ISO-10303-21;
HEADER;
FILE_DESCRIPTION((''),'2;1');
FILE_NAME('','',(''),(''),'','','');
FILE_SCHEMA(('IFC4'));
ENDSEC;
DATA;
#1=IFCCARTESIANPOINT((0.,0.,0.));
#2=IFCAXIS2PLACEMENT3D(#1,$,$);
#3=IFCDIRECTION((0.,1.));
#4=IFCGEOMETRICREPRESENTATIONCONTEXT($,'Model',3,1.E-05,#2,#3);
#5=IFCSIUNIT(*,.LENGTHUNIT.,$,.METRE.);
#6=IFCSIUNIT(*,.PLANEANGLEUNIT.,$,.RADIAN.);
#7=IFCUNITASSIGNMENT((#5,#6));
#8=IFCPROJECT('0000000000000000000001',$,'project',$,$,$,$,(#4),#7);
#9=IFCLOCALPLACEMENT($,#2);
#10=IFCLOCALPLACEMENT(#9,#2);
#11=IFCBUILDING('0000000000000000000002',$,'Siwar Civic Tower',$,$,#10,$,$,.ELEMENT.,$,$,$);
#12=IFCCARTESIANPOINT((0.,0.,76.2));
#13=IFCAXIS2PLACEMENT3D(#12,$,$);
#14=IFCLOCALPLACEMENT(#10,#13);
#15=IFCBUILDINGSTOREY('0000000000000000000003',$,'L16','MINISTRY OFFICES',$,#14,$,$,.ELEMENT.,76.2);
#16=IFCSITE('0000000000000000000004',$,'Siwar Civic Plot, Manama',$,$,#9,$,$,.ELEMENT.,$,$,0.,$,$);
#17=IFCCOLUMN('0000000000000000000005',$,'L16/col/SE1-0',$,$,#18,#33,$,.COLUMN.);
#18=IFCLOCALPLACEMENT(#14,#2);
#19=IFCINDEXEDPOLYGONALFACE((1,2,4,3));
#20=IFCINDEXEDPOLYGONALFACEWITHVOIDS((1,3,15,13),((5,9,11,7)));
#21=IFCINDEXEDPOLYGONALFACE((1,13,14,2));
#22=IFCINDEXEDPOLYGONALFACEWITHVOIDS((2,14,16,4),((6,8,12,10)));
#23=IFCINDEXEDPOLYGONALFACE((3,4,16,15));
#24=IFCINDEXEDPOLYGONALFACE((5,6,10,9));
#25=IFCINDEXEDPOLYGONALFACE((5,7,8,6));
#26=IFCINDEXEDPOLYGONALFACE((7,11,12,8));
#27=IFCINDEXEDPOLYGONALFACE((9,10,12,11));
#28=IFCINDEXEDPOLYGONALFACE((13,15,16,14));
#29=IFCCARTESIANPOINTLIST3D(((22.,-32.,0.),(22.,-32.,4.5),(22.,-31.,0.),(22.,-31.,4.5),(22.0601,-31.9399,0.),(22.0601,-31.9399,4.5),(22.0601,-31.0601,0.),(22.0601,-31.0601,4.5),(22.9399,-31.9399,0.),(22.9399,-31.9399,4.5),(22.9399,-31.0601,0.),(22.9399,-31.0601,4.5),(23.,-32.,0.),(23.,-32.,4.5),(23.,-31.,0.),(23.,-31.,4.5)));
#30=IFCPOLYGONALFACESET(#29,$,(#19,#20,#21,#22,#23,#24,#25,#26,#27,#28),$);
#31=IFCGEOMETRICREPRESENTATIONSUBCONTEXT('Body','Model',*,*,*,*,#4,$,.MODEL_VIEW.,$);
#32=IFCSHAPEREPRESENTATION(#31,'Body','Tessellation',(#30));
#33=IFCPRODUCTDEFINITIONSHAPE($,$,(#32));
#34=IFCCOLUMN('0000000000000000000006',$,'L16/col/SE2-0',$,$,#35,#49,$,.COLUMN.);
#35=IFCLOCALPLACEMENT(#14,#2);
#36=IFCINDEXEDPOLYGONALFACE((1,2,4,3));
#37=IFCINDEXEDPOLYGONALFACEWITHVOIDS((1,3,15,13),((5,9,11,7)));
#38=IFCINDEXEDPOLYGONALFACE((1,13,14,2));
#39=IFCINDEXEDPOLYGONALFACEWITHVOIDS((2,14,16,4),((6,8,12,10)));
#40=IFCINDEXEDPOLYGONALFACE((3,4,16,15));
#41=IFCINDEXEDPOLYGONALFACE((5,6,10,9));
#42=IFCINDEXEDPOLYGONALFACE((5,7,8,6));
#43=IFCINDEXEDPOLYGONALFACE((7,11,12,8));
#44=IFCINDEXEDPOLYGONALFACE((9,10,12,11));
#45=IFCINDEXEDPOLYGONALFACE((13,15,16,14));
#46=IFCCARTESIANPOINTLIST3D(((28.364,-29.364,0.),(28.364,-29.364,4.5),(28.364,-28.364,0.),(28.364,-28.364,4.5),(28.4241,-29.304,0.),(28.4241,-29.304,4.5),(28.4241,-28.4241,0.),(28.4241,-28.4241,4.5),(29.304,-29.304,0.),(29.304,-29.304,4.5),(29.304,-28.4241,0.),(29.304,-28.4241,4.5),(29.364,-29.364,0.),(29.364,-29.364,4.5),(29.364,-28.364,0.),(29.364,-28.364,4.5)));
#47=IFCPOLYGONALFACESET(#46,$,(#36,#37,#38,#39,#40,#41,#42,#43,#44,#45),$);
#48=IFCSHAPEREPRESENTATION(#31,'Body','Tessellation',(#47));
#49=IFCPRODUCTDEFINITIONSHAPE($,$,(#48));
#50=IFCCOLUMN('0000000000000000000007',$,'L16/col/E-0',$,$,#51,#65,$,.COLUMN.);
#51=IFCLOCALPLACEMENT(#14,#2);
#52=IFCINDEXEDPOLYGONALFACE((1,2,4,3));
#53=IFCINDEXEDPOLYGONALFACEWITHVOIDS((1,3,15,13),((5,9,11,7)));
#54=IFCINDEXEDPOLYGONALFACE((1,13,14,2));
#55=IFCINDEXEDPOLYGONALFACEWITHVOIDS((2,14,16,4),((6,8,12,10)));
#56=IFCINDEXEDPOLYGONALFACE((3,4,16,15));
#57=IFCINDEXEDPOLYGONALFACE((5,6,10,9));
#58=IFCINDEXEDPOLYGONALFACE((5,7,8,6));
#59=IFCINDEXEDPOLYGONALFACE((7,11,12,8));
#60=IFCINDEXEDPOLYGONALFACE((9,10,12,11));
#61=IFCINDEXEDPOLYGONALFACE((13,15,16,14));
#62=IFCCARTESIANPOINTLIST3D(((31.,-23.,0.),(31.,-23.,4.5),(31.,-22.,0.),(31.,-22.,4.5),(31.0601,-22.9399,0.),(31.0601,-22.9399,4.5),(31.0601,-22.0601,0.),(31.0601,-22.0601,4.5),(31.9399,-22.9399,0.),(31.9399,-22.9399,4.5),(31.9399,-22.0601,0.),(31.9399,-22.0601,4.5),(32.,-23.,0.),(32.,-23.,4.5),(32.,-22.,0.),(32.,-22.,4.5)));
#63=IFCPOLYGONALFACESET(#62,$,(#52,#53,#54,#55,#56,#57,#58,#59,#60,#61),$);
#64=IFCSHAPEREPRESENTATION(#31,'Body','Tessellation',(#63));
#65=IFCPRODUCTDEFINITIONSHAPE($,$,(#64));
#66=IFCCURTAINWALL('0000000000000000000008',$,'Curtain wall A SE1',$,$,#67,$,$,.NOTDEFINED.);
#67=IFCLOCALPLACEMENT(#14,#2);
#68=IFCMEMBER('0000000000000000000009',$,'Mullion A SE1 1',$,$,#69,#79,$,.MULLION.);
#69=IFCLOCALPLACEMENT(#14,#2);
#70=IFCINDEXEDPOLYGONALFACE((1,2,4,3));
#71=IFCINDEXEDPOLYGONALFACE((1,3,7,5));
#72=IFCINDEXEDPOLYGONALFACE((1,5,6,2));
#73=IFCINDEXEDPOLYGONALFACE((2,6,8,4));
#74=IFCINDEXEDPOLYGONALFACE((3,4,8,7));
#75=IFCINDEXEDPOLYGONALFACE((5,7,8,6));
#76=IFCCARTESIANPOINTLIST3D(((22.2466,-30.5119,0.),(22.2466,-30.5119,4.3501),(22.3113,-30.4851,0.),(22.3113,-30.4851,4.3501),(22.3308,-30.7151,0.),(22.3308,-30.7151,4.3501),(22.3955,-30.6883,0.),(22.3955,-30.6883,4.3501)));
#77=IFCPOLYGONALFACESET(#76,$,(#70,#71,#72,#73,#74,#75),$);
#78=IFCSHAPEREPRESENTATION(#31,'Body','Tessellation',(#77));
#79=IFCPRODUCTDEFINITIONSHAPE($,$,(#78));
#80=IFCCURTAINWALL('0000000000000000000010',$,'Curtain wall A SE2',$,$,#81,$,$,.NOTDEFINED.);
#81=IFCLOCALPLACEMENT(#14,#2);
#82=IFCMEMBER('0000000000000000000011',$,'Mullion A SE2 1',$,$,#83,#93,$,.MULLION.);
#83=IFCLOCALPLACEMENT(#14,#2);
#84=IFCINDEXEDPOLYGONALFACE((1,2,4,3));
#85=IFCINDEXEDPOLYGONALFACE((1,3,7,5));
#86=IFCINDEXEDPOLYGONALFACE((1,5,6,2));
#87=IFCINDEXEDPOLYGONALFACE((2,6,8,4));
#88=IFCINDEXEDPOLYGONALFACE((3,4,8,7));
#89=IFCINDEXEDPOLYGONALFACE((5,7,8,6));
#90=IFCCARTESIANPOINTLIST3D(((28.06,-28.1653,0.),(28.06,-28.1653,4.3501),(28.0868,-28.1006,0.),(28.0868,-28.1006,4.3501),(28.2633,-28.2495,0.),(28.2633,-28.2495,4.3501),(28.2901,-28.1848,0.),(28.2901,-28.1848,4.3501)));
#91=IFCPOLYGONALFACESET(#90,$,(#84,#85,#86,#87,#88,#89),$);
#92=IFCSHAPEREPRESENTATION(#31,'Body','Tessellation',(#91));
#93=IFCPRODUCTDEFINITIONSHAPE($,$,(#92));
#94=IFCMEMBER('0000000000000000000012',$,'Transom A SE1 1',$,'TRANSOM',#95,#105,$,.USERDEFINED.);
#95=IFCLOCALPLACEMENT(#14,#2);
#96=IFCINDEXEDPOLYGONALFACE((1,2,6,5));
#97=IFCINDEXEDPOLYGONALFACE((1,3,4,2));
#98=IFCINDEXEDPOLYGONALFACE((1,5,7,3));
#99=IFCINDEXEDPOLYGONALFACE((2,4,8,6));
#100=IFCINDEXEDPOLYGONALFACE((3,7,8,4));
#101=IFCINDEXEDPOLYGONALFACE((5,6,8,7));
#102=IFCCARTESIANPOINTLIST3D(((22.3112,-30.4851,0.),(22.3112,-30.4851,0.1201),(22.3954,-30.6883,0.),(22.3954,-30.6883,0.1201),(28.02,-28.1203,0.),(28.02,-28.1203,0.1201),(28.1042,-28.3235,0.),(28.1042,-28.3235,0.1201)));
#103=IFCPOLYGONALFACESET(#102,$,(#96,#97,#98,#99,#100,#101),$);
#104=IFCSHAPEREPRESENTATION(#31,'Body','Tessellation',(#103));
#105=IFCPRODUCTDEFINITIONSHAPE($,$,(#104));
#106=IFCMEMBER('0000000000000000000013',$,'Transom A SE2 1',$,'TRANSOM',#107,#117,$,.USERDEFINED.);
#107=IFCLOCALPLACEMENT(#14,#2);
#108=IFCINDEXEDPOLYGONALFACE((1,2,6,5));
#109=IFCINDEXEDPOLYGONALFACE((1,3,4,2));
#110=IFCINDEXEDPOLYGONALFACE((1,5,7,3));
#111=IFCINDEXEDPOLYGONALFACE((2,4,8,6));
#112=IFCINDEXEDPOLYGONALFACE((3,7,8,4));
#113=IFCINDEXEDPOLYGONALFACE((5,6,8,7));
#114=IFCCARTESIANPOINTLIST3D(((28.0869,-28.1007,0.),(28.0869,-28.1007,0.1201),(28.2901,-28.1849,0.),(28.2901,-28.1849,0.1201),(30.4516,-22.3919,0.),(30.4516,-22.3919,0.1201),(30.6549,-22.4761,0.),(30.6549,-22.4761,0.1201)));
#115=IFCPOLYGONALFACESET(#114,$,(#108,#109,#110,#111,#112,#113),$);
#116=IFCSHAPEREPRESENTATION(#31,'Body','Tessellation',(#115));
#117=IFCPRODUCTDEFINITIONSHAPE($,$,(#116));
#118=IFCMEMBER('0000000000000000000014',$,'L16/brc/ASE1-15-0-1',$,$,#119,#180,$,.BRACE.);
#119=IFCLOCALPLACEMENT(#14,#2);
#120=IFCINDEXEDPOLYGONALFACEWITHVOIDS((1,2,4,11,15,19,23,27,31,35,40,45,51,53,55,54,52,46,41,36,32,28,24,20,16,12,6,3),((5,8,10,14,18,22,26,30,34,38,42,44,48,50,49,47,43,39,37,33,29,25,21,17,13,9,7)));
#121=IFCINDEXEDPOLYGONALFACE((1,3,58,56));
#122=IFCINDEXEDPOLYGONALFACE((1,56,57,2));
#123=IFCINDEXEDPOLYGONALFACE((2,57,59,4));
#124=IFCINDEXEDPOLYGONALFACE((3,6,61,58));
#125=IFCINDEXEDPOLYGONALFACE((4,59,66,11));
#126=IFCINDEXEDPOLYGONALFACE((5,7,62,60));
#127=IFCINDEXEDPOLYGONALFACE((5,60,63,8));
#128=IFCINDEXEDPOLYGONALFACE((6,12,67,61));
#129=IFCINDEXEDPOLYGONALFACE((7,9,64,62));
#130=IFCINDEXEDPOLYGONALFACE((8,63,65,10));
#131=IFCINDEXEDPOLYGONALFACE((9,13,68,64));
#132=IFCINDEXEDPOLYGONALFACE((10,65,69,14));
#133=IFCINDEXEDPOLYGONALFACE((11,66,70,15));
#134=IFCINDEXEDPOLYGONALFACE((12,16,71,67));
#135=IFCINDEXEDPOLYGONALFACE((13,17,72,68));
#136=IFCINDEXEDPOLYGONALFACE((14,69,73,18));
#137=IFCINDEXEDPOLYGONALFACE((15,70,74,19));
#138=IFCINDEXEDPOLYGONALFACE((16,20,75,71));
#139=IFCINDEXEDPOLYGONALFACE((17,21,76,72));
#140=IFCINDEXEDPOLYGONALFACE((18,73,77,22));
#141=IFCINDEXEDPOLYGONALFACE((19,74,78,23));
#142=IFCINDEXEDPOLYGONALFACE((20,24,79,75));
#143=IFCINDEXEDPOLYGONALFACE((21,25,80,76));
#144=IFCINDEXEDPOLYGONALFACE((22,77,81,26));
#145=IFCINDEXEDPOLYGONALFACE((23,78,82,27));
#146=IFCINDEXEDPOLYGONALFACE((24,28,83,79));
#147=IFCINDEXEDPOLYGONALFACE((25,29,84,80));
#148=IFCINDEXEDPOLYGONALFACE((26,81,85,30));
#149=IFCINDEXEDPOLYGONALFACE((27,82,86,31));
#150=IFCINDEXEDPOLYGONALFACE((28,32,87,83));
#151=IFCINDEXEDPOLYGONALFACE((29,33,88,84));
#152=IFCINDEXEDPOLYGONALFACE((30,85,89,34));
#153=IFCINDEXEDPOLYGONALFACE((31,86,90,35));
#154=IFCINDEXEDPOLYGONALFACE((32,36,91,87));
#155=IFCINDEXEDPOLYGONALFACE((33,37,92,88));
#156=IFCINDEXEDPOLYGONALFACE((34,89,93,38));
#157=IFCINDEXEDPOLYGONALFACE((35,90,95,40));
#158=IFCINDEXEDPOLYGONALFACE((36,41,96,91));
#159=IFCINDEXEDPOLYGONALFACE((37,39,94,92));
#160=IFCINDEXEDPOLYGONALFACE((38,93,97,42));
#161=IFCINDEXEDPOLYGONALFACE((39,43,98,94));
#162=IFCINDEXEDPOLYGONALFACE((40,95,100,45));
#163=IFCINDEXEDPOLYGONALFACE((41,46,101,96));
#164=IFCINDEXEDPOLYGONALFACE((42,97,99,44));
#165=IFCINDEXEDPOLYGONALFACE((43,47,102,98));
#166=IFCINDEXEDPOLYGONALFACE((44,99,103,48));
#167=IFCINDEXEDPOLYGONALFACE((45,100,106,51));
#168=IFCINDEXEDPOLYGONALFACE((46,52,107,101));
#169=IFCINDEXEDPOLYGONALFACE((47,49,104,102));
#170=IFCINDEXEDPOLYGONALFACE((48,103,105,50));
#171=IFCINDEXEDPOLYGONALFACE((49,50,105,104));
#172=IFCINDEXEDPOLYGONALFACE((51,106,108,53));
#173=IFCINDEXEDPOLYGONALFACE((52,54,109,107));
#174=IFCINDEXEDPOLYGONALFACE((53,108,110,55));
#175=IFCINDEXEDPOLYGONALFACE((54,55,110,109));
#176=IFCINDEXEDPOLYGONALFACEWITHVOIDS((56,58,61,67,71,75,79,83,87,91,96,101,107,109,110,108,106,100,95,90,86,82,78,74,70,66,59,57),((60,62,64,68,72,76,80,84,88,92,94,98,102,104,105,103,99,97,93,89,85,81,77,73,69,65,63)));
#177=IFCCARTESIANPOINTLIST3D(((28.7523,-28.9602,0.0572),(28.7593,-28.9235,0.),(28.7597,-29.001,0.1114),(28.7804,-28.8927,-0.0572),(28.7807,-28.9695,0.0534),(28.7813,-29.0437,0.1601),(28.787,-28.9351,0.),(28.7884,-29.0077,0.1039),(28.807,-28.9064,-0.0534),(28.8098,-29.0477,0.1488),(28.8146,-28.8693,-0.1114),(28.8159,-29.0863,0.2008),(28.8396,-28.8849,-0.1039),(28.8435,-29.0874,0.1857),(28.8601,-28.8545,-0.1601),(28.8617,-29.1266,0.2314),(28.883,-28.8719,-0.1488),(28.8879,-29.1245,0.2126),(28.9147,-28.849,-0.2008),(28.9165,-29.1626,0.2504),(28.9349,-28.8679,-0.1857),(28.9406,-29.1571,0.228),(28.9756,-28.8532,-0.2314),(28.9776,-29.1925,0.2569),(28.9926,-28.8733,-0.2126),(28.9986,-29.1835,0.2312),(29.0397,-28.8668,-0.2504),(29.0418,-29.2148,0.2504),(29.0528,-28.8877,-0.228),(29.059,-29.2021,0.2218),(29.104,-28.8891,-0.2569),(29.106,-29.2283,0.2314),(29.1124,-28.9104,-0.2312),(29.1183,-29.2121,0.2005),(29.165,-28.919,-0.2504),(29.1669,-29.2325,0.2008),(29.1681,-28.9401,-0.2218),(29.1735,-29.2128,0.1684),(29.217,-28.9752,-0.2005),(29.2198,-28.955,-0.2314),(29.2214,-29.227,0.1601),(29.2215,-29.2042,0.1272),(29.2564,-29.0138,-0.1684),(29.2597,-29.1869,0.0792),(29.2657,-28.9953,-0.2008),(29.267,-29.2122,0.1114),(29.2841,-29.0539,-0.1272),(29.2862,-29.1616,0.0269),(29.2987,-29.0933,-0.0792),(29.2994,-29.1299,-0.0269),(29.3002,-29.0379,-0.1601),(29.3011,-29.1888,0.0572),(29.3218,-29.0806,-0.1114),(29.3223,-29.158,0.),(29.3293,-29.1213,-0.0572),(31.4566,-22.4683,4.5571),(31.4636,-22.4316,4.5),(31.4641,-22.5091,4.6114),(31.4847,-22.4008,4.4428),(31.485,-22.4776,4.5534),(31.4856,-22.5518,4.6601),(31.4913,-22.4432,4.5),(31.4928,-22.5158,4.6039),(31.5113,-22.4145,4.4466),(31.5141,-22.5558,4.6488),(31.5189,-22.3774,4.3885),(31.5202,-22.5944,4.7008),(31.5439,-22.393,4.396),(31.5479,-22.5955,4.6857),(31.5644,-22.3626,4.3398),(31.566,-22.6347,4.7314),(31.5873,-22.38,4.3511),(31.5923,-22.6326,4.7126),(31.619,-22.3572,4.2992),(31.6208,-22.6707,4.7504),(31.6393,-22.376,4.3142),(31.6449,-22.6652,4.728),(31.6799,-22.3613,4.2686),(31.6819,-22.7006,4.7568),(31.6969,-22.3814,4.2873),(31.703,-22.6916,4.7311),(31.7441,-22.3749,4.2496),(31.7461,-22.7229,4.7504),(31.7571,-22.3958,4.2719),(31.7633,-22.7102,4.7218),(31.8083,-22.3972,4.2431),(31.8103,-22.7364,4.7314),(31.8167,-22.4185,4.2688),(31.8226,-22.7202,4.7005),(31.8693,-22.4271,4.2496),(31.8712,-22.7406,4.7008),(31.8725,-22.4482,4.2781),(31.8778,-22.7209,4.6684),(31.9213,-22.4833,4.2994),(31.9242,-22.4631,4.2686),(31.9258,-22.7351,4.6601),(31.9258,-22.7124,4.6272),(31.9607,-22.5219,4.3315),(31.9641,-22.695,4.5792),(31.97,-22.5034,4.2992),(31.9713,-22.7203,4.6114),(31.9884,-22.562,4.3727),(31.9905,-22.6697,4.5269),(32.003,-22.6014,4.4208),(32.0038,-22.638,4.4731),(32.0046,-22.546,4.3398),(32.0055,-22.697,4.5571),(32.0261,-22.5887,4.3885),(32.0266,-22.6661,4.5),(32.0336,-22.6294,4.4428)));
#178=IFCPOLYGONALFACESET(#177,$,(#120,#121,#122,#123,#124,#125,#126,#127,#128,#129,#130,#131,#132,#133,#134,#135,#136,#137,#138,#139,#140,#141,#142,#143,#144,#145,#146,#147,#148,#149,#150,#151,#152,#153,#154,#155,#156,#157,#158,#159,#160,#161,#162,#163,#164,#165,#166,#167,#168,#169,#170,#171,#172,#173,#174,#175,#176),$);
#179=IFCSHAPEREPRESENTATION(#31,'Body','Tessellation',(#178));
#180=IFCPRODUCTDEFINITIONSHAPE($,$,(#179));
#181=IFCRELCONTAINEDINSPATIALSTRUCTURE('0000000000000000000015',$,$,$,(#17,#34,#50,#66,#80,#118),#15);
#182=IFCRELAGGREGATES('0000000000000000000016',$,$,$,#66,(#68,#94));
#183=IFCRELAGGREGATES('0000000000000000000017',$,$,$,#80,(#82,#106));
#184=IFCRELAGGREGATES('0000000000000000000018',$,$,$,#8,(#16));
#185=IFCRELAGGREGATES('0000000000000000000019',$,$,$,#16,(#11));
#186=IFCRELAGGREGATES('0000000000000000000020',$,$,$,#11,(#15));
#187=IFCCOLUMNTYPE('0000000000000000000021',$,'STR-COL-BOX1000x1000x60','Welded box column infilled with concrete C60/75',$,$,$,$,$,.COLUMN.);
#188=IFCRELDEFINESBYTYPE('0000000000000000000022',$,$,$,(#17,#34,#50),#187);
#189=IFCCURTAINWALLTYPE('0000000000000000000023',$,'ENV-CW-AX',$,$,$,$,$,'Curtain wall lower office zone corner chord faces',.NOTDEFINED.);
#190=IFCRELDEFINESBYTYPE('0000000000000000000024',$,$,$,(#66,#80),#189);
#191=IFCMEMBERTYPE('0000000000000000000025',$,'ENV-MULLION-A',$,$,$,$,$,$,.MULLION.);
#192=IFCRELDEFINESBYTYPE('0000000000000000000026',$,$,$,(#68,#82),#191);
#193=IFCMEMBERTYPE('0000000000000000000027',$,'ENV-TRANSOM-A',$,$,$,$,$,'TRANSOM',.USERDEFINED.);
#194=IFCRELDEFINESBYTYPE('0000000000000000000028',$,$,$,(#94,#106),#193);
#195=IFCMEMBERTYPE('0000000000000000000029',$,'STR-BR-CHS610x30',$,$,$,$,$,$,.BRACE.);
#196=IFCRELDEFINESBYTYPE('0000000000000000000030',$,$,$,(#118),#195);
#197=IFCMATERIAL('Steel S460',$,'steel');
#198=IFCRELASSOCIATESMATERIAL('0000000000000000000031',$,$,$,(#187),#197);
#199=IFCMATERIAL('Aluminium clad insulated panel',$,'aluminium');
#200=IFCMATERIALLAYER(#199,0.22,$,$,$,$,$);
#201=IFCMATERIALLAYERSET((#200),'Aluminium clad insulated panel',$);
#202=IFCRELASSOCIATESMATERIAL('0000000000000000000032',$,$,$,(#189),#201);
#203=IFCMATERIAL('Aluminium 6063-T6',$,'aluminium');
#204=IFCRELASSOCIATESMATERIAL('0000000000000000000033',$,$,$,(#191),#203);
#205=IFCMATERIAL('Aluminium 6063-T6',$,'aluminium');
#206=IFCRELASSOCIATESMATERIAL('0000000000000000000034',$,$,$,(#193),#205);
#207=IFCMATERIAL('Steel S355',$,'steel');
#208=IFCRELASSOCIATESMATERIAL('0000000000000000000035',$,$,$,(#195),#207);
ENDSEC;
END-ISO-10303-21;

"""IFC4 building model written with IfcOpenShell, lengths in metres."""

from ifc_helpers import new_model, si_unit, direction, frame, origin, origin_2d, place, context, subcontext, project, spatial, rectangle, hollow_rectangle, hollow_circle, extrude, material, layer, layer_set, material_profile, profile_set, type_object, element, aggregate, save


model = new_model("IFC4")

# Units and contexts
model_context = context("Model", 3, precision=1e-05, world=origin(), true_north=direction((0.0, 1.0)))
body_context = subcontext(model_context, "Body", "Model", "MODEL_VIEW")
ifc_project = project(units=[si_unit("LENGTHUNIT", "METRE"), si_unit("PLANEANGLEUNIT", "RADIAN")], contexts=[model_context])

# Site, building, storey
site_placement = place(None, origin())
site = spatial("IfcSite", under=ifc_project, at=site_placement, Name="Siwar Civic Plot, Manama", CompositionType="ELEMENT", RefElevation=0.0)
building_placement = place(site_placement, origin())
building = spatial("IfcBuilding", under=site, at=building_placement, Name="Siwar Civic Tower", CompositionType="ELEMENT")
storey_placement = place(building_placement, frame((0.0, 0.0, 76.2)))
storey = spatial("IfcBuildingStorey", under=building, at=storey_placement, Name="L16", Description="MINISTRY OFFICES", CompositionType="ELEMENT", Elevation=76.2)

# Columns
ifc_material_1 = material(Name="Steel S460", Category="steel")
ifc_material_profile_1 = material_profile(ifc_material_1, hollow_rectangle(XDim=1.0, YDim=1.0, WallThickness=0.0601, at=origin_2d()), Name="BOX1000x1000x60")
ifc_profile_set_1 = profile_set([ifc_material_profile_1], Name="Steel S460")
column_type = type_object("IfcColumnType", Name="STR-COL-BOX1000x1000x60", Description="Welded box column infilled with concrete C60/75", PredefinedType="COLUMN", material=ifc_profile_set_1)
for number, where, z_axis, x_axis, name in (
    (1, (22.5, -31.5, 0.0), (0.0, 0.0, 1.0), (1.0, 0.0, 0.0), "L16/col/SE1-0"),
    (2, (28.864, -28.864, 0.0), (0.0, 0.0, 1.0), (1.0, 0.0, 0.0), "L16/col/SE2-0"),
    (3, (31.5, -22.5, 0.0), (0.0, 0.0, 1.0), (1.0, 0.0, 0.0), "L16/col/E-0"),
):
    element("IfcColumn", number, at=place(storey_placement, frame(where, z_axis=z_axis, x_axis=x_axis)), inside=storey, type_object=column_type, Name=name, PredefinedType="COLUMN", context=body_context, shape_type="SweptSolid", body=[
        extrude(hollow_rectangle(XDim=1.0, YDim=1.0, WallThickness=0.0601, at=origin_2d()), origin(), (0.0, 0.0, 1.0), 4.5),
    ])

# Curtain walls, members
ifc_material_2 = material(Name="Aluminium clad insulated panel", Category="aluminium")
ifc_layer_1 = layer(ifc_material_2, 0.22)
ifc_layer_set_1 = layer_set([ifc_layer_1], Name="Aluminium clad insulated panel")
curtain_wall_type_1 = type_object("IfcCurtainWallType", Name="ENV-CW-AX", ElementType="Curtain wall lower office zone corner chord faces", PredefinedType="NOTDEFINED", material=ifc_layer_set_1)
curtain_wall_1_placement = place(storey_placement, origin())
curtain_wall_1 = element("IfcCurtainWall", 4, at=curtain_wall_1_placement, inside=storey, type_object=curtain_wall_type_1, Name="Curtain wall A SE1", PredefinedType="NOTDEFINED")
ifc_material_3 = material(Name="Aluminium 6063-T6", Category="aluminium")
ifc_material_profile_2 = material_profile(ifc_material_3, rectangle(XDim=0.22, YDim=0.0701, at=origin_2d()), Name="AL 220x70")
ifc_profile_set_2 = profile_set([ifc_material_profile_2], Name="Aluminium 6063-T6")
member_type_1 = type_object("IfcMemberType", Name="ENV-MULLION-A", PredefinedType="MULLION", material=ifc_profile_set_2)
member_1_placement = place(storey_placement, frame((22.321, -30.6001, 0.0), z_axis=(0.0, 0.0, 1.0), x_axis=(-0.382683, 0.92388, 0.0)))
member_1 = element("IfcMember", 5, at=member_1_placement, type_object=member_type_1, Name="Mullion A SE1 1", PredefinedType="MULLION", context=body_context, shape_type="SweptSolid", body=[
    extrude(rectangle(XDim=0.22, YDim=0.0701, at=origin_2d()), origin(), (0.0, 0.0, 1.0), 4.3501),
])
curtain_wall_2_placement = place(storey_placement, origin())
curtain_wall_2 = element("IfcCurtainWall", 6, at=curtain_wall_2_placement, inside=storey, type_object=curtain_wall_type_1, Name="Curtain wall A SE2", PredefinedType="NOTDEFINED")
member_2_placement = place(storey_placement, frame((28.175, -28.175, 0.0), z_axis=(0.0, 0.0, 1.0), x_axis=(-0.92388, 0.382683, 0.0)))
member_2 = element("IfcMember", 7, at=member_2_placement, type_object=member_type_1, Name="Mullion A SE2 1", PredefinedType="MULLION", context=body_context, shape_type="SweptSolid", body=[
    extrude(rectangle(XDim=0.22, YDim=0.0701, at=origin_2d()), origin(), (0.0, 0.0, 1.0), 4.3501),
])

# Members
ifc_material_4 = material(Name="Aluminium 6063-T6", Category="aluminium")
ifc_material_profile_3 = material_profile(ifc_material_4, rectangle(XDim=0.22, YDim=0.1201, at=origin_2d()), Name="AL 220x120")
ifc_profile_set_3 = profile_set([ifc_material_profile_3], Name="Aluminium 6063-T6")
member_type_2 = type_object("IfcMemberType", Name="ENV-TRANSOM-A", ElementType="TRANSOM", PredefinedType="USERDEFINED", material=ifc_profile_set_3)
member_3_placement = place(storey_placement, frame((22.3533, -30.5867, 0.0601), z_axis=(0.923873, 0.382698, 0.0), x_axis=(-0.382698, 0.923873, 0.0)))
member_3 = element("IfcMember", 8, at=member_3_placement, type_object=member_type_2, Name="Transom A SE1 1", ObjectType="TRANSOM", PredefinedType="USERDEFINED", context=body_context, shape_type="SweptSolid", body=[
    extrude(rectangle(XDim=0.22, YDim=0.1201, at=origin_2d()), origin(), (0.0, 0.0, 1.0), 6.1792),
])
member_4_placement = place(storey_placement, frame((28.1885, -28.1428, 0.0601), z_axis=(0.382698, 0.923873, 0.0), x_axis=(-0.923873, 0.382698, 0.0)))
member_4 = element("IfcMember", 9, at=member_4_placement, type_object=member_type_2, Name="Transom A SE2 1", ObjectType="TRANSOM", PredefinedType="USERDEFINED", context=body_context, shape_type="SweptSolid", body=[
    extrude(rectangle(XDim=0.22, YDim=0.1201, at=origin_2d()), origin(), (0.0, 0.0, 1.0), 6.1792),
])

# Member
ifc_material_5 = material(Name="Steel S355", Category="steel")
ifc_material_profile_4 = material_profile(ifc_material_5, hollow_circle(Radius=0.3049, WallThickness=0.03, at=origin_2d()), Name="CHS610x30")
ifc_profile_set_4 = profile_set([ifc_material_profile_4], Name="Steel S355")
member_type_3 = type_object("IfcMemberType", Name="STR-BR-CHS610x30", PredefinedType="BRACE", material=ifc_profile_set_4)
member_5_placement = place(storey_placement, frame((29.0408, -29.0408, 0.0), z_axis=(0.323906, 0.777555, 0.538975), x_axis=(-0.923109, 0.384539, 0.0)))
element("IfcMember", 10, at=member_5_placement, inside=storey, type_object=member_type_3, Name="L16/brc/ASE1-15-0-1", PredefinedType="BRACE", context=body_context, shape_type="SweptSolid", body=[
    extrude(hollow_circle(Radius=0.3049, WallThickness=0.03, at=origin_2d()), origin(), (0.0, 0.0, 1.0), 8.3491),
])

aggregate(curtain_wall_1, [member_1, member_3])
aggregate(curtain_wall_2, [member_2, member_4])

save(model, "model.ifc")
